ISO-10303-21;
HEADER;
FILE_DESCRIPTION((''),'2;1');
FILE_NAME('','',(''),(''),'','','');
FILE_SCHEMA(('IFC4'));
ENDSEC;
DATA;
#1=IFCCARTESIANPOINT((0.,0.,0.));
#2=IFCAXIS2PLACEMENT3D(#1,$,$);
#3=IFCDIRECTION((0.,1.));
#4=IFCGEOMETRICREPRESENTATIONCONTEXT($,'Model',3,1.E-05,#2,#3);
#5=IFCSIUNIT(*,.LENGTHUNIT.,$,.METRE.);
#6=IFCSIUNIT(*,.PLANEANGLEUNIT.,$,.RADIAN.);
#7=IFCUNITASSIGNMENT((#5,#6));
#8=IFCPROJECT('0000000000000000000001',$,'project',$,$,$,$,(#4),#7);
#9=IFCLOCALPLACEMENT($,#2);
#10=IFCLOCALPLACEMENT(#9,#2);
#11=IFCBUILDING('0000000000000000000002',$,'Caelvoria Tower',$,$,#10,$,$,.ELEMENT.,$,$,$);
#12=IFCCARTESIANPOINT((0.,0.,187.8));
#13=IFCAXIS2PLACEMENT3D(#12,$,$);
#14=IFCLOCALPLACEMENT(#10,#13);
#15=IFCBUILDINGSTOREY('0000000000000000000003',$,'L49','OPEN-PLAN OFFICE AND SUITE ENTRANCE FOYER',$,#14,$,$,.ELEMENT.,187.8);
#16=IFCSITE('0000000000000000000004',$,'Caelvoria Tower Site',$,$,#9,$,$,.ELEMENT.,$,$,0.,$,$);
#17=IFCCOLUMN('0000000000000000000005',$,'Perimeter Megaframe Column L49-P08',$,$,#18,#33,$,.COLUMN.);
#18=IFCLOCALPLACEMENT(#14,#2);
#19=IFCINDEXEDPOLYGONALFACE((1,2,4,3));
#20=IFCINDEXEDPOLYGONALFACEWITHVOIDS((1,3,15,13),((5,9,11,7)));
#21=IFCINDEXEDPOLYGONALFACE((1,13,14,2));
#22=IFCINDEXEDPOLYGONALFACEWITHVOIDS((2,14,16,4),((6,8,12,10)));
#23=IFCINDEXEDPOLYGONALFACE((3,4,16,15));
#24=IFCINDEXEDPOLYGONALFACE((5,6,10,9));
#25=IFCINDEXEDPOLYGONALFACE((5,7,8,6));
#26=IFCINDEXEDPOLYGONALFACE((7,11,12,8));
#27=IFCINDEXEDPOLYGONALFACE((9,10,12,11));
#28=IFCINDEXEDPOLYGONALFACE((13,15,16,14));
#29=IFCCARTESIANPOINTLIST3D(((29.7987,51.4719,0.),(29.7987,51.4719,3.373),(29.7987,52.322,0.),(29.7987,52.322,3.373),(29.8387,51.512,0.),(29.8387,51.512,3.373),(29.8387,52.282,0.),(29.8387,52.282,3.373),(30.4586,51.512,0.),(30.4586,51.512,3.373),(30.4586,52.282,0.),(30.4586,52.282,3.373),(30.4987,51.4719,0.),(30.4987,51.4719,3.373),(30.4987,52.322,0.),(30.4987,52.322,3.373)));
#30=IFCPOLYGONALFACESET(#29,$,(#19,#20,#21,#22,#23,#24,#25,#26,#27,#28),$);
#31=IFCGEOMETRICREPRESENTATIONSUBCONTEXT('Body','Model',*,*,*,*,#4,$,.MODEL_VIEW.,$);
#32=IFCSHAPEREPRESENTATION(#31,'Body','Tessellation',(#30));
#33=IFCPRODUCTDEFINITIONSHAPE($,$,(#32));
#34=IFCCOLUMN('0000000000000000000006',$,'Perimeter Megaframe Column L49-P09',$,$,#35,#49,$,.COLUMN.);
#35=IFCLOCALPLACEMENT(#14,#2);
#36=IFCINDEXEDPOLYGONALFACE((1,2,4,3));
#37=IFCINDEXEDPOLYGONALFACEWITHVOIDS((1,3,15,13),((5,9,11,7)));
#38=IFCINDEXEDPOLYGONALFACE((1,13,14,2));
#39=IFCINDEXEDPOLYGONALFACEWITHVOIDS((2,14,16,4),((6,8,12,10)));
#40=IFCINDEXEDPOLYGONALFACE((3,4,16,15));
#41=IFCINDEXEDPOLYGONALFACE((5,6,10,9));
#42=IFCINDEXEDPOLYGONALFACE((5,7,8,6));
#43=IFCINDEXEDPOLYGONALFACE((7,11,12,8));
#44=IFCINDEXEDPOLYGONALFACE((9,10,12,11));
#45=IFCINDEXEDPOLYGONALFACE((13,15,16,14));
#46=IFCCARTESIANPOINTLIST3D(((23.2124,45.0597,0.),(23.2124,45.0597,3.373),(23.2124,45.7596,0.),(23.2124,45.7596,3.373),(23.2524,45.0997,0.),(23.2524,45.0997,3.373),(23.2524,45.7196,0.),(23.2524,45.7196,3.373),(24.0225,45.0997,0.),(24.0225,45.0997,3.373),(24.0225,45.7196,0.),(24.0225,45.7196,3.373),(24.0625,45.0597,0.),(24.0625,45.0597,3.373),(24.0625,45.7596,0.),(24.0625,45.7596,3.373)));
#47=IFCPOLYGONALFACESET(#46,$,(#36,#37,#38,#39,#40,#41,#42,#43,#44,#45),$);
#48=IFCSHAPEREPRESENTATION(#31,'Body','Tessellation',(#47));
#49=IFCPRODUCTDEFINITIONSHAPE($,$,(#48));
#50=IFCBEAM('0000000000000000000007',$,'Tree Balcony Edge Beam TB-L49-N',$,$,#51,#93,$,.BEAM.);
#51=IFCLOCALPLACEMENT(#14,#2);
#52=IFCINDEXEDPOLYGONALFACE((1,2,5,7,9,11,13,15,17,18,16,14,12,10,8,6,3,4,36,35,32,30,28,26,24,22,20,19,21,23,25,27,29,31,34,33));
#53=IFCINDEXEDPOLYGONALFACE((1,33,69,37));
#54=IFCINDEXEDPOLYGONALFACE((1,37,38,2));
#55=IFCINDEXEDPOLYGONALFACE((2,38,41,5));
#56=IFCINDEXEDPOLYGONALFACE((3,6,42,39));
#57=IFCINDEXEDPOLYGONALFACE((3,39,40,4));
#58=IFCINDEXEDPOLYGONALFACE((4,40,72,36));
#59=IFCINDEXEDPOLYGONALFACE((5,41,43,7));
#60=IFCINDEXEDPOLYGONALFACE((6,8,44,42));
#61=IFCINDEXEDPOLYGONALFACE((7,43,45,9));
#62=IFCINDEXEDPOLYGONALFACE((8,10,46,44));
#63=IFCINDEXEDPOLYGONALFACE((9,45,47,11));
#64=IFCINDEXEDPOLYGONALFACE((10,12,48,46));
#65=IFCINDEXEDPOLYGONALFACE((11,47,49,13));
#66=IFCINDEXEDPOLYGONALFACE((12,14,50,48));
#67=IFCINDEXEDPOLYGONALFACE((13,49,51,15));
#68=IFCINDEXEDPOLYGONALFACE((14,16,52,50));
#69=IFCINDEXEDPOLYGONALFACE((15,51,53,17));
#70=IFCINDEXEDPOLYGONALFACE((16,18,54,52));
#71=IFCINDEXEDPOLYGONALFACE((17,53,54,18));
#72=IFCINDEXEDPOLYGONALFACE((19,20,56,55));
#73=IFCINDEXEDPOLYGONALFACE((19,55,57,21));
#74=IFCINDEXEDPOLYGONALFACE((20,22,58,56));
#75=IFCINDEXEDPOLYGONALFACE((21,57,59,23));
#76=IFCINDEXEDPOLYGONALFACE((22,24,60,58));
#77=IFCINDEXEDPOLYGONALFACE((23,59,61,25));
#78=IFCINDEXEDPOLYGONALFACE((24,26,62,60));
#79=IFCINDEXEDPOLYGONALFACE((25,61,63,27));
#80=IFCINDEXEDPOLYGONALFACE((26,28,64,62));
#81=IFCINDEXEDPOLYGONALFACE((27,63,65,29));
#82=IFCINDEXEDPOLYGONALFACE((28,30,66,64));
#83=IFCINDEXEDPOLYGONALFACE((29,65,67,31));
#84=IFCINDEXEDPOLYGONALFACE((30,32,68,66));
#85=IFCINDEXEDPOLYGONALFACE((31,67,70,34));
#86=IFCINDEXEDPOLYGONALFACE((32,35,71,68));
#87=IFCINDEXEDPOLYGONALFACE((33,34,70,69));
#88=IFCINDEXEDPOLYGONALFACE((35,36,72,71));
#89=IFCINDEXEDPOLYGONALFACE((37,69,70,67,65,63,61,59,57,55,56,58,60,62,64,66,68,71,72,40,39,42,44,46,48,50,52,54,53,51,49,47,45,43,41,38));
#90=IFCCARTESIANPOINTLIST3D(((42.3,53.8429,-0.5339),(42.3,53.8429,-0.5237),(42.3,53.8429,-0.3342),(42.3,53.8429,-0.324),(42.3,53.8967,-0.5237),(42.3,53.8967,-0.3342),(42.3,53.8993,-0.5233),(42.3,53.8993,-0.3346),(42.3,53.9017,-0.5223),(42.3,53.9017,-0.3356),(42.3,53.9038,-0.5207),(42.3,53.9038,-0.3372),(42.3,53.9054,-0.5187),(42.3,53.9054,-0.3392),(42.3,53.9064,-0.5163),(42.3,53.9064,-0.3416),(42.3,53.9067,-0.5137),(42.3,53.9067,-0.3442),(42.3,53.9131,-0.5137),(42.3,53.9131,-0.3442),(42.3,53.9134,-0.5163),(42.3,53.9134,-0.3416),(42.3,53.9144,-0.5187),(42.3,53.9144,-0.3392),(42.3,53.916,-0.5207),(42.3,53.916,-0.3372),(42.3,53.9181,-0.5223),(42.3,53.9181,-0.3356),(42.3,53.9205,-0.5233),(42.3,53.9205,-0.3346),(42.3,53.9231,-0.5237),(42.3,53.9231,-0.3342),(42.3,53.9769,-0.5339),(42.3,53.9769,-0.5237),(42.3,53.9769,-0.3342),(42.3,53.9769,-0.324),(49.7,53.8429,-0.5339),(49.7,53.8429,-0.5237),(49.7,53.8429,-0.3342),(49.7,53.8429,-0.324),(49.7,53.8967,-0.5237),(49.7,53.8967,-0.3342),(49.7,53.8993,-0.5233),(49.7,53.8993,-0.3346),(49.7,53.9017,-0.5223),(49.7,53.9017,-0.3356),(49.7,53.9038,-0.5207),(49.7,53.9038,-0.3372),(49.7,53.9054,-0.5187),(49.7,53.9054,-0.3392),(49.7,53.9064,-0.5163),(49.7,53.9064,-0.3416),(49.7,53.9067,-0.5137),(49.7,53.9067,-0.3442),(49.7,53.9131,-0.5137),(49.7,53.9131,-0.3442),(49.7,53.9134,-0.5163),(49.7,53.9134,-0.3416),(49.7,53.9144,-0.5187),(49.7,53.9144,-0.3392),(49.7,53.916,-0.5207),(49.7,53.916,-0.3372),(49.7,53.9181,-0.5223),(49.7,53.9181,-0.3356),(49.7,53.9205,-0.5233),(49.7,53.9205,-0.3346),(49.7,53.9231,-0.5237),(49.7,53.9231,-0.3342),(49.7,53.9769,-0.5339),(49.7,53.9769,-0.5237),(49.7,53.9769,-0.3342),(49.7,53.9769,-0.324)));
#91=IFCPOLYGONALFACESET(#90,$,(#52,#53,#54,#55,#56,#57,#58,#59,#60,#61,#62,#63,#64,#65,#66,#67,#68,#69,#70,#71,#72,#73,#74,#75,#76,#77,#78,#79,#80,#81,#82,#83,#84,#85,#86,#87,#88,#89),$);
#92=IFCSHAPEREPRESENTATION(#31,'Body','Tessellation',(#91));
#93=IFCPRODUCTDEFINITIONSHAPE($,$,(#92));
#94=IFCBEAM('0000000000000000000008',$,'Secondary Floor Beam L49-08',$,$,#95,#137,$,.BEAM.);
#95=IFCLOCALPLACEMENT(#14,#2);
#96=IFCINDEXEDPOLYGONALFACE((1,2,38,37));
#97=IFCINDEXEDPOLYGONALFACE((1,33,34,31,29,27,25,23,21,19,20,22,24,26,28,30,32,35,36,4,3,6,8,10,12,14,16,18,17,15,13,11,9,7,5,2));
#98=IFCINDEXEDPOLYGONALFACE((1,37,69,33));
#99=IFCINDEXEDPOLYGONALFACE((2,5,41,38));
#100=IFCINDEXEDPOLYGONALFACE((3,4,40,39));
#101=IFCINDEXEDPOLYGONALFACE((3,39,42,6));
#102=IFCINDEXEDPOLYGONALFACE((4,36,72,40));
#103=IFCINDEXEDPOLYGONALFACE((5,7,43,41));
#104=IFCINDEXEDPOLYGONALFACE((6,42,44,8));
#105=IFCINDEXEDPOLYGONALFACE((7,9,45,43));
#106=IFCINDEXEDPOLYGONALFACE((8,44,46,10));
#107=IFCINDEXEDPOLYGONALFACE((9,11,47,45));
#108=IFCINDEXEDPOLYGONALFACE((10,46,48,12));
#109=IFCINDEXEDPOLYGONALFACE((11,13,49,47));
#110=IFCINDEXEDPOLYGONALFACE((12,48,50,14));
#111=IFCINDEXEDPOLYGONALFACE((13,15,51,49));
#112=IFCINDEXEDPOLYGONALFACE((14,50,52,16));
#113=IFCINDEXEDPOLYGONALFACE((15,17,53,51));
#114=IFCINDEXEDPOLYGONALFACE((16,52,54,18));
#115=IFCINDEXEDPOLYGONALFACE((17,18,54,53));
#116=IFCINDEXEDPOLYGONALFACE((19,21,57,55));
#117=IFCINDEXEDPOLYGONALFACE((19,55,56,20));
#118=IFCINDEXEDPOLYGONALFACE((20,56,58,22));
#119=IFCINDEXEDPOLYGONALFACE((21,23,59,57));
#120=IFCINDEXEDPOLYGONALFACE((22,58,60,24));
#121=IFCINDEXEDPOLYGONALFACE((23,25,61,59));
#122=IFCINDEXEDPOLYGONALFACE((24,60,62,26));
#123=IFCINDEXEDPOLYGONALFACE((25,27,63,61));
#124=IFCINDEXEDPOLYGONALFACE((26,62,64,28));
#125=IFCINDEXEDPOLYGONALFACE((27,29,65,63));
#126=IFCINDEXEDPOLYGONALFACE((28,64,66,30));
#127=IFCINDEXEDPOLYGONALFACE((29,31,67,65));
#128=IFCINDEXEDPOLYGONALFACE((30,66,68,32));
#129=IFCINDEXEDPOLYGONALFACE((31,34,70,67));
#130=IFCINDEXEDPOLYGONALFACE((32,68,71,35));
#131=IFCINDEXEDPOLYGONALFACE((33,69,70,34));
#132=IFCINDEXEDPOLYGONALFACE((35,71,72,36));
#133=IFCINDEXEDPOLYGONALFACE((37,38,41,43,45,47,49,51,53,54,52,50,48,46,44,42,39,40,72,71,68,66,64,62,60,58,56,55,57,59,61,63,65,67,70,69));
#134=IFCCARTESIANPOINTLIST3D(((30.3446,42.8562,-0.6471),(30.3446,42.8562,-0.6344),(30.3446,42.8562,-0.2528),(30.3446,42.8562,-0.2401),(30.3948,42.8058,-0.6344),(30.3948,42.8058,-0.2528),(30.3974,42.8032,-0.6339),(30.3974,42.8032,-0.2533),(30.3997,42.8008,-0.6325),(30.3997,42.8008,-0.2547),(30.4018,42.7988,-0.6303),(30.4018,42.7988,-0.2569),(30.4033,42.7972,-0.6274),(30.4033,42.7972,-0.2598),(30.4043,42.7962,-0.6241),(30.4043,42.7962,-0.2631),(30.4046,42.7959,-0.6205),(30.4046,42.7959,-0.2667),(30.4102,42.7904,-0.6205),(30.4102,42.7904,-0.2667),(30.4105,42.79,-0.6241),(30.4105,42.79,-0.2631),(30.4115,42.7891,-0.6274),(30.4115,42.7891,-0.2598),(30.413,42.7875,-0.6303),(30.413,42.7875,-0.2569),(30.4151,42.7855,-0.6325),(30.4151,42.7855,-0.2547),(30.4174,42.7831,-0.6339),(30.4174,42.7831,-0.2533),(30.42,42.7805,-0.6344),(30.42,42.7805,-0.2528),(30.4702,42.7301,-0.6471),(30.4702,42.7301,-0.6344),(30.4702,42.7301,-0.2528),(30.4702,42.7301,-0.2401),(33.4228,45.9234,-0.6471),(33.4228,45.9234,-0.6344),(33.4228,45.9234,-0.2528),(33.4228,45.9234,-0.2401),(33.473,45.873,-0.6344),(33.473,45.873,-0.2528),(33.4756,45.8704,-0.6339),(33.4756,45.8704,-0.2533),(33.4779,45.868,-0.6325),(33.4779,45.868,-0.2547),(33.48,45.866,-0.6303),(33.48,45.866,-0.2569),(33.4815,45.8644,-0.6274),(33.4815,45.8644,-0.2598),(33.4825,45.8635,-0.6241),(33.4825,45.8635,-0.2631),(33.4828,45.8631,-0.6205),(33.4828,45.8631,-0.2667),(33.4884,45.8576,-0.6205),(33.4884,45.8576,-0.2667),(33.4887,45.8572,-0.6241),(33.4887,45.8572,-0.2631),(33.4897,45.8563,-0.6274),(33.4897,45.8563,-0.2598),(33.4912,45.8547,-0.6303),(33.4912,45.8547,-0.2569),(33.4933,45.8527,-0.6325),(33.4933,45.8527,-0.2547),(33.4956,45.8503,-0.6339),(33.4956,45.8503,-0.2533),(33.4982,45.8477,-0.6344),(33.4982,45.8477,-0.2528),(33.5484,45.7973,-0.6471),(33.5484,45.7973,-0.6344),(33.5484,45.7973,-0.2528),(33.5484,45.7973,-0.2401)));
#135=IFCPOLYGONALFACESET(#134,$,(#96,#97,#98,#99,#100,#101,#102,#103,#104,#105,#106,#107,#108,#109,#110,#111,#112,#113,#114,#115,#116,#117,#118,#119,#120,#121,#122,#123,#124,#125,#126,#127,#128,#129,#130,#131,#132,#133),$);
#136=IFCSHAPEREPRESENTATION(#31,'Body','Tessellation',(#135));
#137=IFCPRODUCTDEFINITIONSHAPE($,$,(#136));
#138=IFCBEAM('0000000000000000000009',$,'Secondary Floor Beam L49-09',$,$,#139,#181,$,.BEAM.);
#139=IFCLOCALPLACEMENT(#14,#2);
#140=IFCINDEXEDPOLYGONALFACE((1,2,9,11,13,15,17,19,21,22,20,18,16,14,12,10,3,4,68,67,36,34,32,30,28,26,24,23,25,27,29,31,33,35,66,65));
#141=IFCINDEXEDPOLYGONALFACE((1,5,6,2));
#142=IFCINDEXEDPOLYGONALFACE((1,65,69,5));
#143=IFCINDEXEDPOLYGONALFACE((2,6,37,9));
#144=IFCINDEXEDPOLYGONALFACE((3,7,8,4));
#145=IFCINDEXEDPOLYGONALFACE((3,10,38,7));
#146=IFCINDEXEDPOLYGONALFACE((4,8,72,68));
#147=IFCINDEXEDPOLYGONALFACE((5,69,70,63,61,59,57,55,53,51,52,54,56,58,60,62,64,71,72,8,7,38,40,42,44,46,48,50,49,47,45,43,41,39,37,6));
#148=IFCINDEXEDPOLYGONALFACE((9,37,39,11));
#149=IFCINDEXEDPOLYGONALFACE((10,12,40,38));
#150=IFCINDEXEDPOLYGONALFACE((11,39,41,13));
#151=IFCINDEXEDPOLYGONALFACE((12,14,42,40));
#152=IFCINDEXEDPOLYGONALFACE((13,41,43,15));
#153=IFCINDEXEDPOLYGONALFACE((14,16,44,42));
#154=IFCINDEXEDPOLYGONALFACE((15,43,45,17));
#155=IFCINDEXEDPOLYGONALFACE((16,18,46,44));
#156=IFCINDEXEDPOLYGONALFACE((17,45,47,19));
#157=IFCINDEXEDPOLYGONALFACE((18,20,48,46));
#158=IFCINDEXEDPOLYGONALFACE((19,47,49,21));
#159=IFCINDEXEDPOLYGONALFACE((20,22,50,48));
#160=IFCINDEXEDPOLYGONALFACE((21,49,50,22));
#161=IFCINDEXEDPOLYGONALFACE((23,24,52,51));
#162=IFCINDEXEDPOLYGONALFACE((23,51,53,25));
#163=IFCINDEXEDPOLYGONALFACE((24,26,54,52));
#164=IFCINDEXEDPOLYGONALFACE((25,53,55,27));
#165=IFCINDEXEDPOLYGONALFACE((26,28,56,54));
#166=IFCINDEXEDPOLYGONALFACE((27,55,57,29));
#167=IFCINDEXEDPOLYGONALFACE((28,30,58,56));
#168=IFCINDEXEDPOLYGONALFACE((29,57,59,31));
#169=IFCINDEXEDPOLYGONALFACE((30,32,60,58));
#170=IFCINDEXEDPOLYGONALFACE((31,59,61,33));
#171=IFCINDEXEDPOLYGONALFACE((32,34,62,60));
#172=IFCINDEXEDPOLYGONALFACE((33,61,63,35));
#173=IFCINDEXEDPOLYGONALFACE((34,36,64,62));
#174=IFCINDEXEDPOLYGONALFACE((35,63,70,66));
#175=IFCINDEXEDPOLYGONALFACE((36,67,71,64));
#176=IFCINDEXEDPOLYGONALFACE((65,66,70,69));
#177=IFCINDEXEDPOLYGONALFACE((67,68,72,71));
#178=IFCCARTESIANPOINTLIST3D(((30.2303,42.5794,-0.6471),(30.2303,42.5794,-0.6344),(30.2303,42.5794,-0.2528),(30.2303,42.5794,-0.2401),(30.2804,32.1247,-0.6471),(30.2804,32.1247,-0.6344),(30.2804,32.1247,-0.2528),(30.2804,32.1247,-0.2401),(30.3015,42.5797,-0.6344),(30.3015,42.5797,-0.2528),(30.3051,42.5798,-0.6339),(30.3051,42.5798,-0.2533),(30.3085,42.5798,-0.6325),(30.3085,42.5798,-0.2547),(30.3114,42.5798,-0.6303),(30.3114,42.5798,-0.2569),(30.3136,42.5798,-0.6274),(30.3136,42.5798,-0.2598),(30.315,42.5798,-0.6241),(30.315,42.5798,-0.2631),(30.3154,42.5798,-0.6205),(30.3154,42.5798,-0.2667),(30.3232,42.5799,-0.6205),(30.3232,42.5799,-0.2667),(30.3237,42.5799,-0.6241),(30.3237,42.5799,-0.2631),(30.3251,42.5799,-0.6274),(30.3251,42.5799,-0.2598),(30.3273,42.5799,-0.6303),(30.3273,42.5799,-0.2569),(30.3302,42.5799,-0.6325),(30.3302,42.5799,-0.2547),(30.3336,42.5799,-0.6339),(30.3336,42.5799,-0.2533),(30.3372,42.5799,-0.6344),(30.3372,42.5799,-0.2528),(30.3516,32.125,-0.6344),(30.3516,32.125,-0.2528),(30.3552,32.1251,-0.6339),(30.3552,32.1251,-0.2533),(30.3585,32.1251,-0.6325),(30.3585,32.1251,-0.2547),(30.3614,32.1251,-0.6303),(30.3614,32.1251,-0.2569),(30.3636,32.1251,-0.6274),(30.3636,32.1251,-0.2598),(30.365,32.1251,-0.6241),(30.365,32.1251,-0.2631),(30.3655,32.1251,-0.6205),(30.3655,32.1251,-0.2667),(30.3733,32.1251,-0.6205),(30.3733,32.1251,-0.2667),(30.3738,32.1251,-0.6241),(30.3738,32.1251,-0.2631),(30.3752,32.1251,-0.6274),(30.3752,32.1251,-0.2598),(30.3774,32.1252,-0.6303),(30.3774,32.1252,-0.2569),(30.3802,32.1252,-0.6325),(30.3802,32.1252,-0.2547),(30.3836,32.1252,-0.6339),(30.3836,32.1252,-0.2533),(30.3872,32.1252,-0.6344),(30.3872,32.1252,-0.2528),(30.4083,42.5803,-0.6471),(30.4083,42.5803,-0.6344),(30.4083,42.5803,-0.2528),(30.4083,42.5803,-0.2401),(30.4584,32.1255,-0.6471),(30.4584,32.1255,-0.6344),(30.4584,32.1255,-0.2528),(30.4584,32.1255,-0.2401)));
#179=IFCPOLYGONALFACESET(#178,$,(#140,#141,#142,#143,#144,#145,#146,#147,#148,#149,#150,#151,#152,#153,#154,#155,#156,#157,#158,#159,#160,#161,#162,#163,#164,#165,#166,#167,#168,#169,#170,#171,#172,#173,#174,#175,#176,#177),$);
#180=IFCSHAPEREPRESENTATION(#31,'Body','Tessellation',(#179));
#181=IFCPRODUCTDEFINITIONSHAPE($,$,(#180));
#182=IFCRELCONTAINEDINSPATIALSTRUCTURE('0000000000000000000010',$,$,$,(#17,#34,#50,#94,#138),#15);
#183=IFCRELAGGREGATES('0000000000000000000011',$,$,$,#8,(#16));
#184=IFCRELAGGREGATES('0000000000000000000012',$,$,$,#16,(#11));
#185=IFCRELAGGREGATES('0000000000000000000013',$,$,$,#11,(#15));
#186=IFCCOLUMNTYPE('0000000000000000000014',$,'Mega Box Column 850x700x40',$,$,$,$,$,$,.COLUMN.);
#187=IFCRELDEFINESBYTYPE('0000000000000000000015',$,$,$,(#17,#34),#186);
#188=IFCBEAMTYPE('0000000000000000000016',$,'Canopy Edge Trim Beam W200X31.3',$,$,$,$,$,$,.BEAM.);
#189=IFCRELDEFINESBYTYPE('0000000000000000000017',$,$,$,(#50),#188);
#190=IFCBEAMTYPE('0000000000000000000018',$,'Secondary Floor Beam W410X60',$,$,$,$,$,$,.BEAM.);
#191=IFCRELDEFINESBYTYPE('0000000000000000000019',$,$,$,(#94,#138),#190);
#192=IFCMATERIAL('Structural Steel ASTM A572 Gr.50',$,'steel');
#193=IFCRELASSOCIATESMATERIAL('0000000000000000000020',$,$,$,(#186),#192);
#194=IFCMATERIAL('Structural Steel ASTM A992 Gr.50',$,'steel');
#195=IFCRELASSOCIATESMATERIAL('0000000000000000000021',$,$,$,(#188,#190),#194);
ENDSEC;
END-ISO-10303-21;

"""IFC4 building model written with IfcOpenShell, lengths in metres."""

from ifc_helpers import new_model, si_unit, direction, frame, origin, origin_2d, place, context, subcontext, project, spatial, hollow_rectangle, i_section, extrude, material, material_profile, profile_set, type_object, element, save


model = new_model("IFC4")

# Units and contexts
model_context = context("Model", 3, precision=1e-05, world=origin(), true_north=direction((0.0, 1.0)))
body_context = subcontext(model_context, "Body", "Model", "MODEL_VIEW")
ifc_project = project(units=[si_unit("LENGTHUNIT", "METRE"), si_unit("PLANEANGLEUNIT", "RADIAN")], contexts=[model_context])

# Site, building, storey
site_placement = place(None, origin())
site = spatial("IfcSite", under=ifc_project, at=site_placement, Name="Caelvoria Tower Site", CompositionType="ELEMENT", RefElevation=0.0)
building_placement = place(site_placement, origin())
building = spatial("IfcBuilding", under=site, at=building_placement, Name="Caelvoria Tower", CompositionType="ELEMENT")
storey_placement = place(building_placement, frame((0.0, 0.0, 187.8)))
storey = spatial("IfcBuildingStorey", under=building, at=storey_placement, Name="L49", Description="OPEN-PLAN OFFICE AND SUITE ENTRANCE FOYER", CompositionType="ELEMENT", Elevation=187.8)

# Columns
ifc_material_1 = material(Name="Structural Steel ASTM A572 Gr.50", Category="steel")
ifc_material_profile_1 = material_profile(ifc_material_1, hollow_rectangle(XDim=0.7, YDim=0.8501, WallThickness=0.04, at=origin_2d()), Name="Structural Steel ASTM A572 Gr.50")
ifc_profile_set_1 = profile_set([ifc_material_profile_1], Name="BOX850X700X40 - Structural Steel ASTM A572 Gr.50")
column_type = type_object("IfcColumnType", Name="Mega Box Column 850x700x40", PredefinedType="COLUMN", material=ifc_profile_set_1)
for number, where, z_axis, x_axis, name in (
    (1, (30.1487, 51.897, 0.0), (0.0, 0.0, 1.0), (1.0, 0.0, 0.0), "Perimeter Megaframe Column L49-P08"),
    (2, (23.6375, 45.4097, 0.0), (0.0, 0.0, 1.0), (0.0, 1.0, 0.0), "Perimeter Megaframe Column L49-P09"),
):
    element("IfcColumn", number, at=place(storey_placement, frame(where, z_axis=z_axis, x_axis=x_axis)), inside=storey, type_object=column_type, Name=name, PredefinedType="COLUMN", context=body_context, shape_type="SweptSolid", body=[
        extrude(hollow_rectangle(XDim=0.7, YDim=0.8501, WallThickness=0.04, at=origin_2d()), origin(), (0.0, 0.0, 1.0), 3.373),
    ])

# Beams
ifc_material_2 = material(Name="Structural Steel ASTM A992 Gr.50", Category="steel")
ifc_material_profile_2 = material_profile(ifc_material_2, i_section(OverallWidth=0.134, OverallDepth=0.21, WebThickness=0.0063, FlangeThickness=0.0103, FilletRadius=0.01, at=origin_2d()), Name="Structural Steel ASTM A992 Gr.50")
ifc_profile_set_2 = profile_set([ifc_material_profile_2], Name="W200X31.3 - Structural Steel ASTM A992 Gr.50")
beam_type_1 = type_object("IfcBeamType", Name="Canopy Edge Trim Beam W200X31.3", PredefinedType="BEAM", material=ifc_profile_set_2)
beam_1_placement = place(storey_placement, frame((42.3, 53.9099, -0.429), z_axis=(1.0, 0.0, 0.0), x_axis=(0.0, 1.0, 0.0)))
element("IfcBeam", 3, at=beam_1_placement, inside=storey, type_object=beam_type_1, Name="Tree Balcony Edge Beam TB-L49-N", PredefinedType="BEAM", context=body_context, shape_type="SweptSolid", body=[
    extrude(i_section(OverallWidth=0.134, OverallDepth=0.21, WebThickness=0.0063, FlangeThickness=0.0103, FilletRadius=0.01, at=origin_2d()), origin(), (0.0, 0.0, 1.0), 7.3999),
])
ifc_material_profile_3 = material_profile(ifc_material_2, i_section(OverallWidth=0.178, OverallDepth=0.407, WebThickness=0.0078, FlangeThickness=0.0127, FilletRadius=0.0139, at=origin_2d()), Name="Structural Steel ASTM A992 Gr.50")
ifc_profile_set_3 = profile_set([ifc_material_profile_3], Name="W410X60 - Structural Steel ASTM A992 Gr.50")
beam_type_2 = type_object("IfcBeamType", Name="Secondary Floor Beam W410X60", PredefinedType="BEAM", material=ifc_profile_set_3)
beam_2_placement = place(storey_placement, frame((33.4856, 45.8604, -0.4436), z_axis=(-0.70837, -0.705842, 0.0), x_axis=(0.705842, -0.70837, 0.0)))
element("IfcBeam", 4, at=beam_2_placement, inside=storey, type_object=beam_type_2, Name="Secondary Floor Beam L49-08", PredefinedType="BEAM", context=body_context, shape_type="SweptSolid", body=[
    extrude(i_section(OverallWidth=0.178, OverallDepth=0.407, WebThickness=0.0078, FlangeThickness=0.0127, FilletRadius=0.0139, at=origin_2d()), origin(), (0.0, 0.0, 1.0), 4.3455),
])
beam_3_placement = place(storey_placement, frame((30.3193, 42.5798, -0.4436), z_axis=(0.004787, -0.999989, 0.0), x_axis=(0.999989, 0.004787, 0.0)))
element("IfcBeam", 5, at=beam_3_placement, inside=storey, type_object=beam_type_2, Name="Secondary Floor Beam L49-09", PredefinedType="BEAM", context=body_context, shape_type="SweptSolid", body=[
    extrude(i_section(OverallWidth=0.178, OverallDepth=0.407, WebThickness=0.0078, FlangeThickness=0.0127, FilletRadius=0.0139, at=origin_2d()), origin(), (0.0, 0.0, 1.0), 10.4548),
])

save(model, "model.ifc")
